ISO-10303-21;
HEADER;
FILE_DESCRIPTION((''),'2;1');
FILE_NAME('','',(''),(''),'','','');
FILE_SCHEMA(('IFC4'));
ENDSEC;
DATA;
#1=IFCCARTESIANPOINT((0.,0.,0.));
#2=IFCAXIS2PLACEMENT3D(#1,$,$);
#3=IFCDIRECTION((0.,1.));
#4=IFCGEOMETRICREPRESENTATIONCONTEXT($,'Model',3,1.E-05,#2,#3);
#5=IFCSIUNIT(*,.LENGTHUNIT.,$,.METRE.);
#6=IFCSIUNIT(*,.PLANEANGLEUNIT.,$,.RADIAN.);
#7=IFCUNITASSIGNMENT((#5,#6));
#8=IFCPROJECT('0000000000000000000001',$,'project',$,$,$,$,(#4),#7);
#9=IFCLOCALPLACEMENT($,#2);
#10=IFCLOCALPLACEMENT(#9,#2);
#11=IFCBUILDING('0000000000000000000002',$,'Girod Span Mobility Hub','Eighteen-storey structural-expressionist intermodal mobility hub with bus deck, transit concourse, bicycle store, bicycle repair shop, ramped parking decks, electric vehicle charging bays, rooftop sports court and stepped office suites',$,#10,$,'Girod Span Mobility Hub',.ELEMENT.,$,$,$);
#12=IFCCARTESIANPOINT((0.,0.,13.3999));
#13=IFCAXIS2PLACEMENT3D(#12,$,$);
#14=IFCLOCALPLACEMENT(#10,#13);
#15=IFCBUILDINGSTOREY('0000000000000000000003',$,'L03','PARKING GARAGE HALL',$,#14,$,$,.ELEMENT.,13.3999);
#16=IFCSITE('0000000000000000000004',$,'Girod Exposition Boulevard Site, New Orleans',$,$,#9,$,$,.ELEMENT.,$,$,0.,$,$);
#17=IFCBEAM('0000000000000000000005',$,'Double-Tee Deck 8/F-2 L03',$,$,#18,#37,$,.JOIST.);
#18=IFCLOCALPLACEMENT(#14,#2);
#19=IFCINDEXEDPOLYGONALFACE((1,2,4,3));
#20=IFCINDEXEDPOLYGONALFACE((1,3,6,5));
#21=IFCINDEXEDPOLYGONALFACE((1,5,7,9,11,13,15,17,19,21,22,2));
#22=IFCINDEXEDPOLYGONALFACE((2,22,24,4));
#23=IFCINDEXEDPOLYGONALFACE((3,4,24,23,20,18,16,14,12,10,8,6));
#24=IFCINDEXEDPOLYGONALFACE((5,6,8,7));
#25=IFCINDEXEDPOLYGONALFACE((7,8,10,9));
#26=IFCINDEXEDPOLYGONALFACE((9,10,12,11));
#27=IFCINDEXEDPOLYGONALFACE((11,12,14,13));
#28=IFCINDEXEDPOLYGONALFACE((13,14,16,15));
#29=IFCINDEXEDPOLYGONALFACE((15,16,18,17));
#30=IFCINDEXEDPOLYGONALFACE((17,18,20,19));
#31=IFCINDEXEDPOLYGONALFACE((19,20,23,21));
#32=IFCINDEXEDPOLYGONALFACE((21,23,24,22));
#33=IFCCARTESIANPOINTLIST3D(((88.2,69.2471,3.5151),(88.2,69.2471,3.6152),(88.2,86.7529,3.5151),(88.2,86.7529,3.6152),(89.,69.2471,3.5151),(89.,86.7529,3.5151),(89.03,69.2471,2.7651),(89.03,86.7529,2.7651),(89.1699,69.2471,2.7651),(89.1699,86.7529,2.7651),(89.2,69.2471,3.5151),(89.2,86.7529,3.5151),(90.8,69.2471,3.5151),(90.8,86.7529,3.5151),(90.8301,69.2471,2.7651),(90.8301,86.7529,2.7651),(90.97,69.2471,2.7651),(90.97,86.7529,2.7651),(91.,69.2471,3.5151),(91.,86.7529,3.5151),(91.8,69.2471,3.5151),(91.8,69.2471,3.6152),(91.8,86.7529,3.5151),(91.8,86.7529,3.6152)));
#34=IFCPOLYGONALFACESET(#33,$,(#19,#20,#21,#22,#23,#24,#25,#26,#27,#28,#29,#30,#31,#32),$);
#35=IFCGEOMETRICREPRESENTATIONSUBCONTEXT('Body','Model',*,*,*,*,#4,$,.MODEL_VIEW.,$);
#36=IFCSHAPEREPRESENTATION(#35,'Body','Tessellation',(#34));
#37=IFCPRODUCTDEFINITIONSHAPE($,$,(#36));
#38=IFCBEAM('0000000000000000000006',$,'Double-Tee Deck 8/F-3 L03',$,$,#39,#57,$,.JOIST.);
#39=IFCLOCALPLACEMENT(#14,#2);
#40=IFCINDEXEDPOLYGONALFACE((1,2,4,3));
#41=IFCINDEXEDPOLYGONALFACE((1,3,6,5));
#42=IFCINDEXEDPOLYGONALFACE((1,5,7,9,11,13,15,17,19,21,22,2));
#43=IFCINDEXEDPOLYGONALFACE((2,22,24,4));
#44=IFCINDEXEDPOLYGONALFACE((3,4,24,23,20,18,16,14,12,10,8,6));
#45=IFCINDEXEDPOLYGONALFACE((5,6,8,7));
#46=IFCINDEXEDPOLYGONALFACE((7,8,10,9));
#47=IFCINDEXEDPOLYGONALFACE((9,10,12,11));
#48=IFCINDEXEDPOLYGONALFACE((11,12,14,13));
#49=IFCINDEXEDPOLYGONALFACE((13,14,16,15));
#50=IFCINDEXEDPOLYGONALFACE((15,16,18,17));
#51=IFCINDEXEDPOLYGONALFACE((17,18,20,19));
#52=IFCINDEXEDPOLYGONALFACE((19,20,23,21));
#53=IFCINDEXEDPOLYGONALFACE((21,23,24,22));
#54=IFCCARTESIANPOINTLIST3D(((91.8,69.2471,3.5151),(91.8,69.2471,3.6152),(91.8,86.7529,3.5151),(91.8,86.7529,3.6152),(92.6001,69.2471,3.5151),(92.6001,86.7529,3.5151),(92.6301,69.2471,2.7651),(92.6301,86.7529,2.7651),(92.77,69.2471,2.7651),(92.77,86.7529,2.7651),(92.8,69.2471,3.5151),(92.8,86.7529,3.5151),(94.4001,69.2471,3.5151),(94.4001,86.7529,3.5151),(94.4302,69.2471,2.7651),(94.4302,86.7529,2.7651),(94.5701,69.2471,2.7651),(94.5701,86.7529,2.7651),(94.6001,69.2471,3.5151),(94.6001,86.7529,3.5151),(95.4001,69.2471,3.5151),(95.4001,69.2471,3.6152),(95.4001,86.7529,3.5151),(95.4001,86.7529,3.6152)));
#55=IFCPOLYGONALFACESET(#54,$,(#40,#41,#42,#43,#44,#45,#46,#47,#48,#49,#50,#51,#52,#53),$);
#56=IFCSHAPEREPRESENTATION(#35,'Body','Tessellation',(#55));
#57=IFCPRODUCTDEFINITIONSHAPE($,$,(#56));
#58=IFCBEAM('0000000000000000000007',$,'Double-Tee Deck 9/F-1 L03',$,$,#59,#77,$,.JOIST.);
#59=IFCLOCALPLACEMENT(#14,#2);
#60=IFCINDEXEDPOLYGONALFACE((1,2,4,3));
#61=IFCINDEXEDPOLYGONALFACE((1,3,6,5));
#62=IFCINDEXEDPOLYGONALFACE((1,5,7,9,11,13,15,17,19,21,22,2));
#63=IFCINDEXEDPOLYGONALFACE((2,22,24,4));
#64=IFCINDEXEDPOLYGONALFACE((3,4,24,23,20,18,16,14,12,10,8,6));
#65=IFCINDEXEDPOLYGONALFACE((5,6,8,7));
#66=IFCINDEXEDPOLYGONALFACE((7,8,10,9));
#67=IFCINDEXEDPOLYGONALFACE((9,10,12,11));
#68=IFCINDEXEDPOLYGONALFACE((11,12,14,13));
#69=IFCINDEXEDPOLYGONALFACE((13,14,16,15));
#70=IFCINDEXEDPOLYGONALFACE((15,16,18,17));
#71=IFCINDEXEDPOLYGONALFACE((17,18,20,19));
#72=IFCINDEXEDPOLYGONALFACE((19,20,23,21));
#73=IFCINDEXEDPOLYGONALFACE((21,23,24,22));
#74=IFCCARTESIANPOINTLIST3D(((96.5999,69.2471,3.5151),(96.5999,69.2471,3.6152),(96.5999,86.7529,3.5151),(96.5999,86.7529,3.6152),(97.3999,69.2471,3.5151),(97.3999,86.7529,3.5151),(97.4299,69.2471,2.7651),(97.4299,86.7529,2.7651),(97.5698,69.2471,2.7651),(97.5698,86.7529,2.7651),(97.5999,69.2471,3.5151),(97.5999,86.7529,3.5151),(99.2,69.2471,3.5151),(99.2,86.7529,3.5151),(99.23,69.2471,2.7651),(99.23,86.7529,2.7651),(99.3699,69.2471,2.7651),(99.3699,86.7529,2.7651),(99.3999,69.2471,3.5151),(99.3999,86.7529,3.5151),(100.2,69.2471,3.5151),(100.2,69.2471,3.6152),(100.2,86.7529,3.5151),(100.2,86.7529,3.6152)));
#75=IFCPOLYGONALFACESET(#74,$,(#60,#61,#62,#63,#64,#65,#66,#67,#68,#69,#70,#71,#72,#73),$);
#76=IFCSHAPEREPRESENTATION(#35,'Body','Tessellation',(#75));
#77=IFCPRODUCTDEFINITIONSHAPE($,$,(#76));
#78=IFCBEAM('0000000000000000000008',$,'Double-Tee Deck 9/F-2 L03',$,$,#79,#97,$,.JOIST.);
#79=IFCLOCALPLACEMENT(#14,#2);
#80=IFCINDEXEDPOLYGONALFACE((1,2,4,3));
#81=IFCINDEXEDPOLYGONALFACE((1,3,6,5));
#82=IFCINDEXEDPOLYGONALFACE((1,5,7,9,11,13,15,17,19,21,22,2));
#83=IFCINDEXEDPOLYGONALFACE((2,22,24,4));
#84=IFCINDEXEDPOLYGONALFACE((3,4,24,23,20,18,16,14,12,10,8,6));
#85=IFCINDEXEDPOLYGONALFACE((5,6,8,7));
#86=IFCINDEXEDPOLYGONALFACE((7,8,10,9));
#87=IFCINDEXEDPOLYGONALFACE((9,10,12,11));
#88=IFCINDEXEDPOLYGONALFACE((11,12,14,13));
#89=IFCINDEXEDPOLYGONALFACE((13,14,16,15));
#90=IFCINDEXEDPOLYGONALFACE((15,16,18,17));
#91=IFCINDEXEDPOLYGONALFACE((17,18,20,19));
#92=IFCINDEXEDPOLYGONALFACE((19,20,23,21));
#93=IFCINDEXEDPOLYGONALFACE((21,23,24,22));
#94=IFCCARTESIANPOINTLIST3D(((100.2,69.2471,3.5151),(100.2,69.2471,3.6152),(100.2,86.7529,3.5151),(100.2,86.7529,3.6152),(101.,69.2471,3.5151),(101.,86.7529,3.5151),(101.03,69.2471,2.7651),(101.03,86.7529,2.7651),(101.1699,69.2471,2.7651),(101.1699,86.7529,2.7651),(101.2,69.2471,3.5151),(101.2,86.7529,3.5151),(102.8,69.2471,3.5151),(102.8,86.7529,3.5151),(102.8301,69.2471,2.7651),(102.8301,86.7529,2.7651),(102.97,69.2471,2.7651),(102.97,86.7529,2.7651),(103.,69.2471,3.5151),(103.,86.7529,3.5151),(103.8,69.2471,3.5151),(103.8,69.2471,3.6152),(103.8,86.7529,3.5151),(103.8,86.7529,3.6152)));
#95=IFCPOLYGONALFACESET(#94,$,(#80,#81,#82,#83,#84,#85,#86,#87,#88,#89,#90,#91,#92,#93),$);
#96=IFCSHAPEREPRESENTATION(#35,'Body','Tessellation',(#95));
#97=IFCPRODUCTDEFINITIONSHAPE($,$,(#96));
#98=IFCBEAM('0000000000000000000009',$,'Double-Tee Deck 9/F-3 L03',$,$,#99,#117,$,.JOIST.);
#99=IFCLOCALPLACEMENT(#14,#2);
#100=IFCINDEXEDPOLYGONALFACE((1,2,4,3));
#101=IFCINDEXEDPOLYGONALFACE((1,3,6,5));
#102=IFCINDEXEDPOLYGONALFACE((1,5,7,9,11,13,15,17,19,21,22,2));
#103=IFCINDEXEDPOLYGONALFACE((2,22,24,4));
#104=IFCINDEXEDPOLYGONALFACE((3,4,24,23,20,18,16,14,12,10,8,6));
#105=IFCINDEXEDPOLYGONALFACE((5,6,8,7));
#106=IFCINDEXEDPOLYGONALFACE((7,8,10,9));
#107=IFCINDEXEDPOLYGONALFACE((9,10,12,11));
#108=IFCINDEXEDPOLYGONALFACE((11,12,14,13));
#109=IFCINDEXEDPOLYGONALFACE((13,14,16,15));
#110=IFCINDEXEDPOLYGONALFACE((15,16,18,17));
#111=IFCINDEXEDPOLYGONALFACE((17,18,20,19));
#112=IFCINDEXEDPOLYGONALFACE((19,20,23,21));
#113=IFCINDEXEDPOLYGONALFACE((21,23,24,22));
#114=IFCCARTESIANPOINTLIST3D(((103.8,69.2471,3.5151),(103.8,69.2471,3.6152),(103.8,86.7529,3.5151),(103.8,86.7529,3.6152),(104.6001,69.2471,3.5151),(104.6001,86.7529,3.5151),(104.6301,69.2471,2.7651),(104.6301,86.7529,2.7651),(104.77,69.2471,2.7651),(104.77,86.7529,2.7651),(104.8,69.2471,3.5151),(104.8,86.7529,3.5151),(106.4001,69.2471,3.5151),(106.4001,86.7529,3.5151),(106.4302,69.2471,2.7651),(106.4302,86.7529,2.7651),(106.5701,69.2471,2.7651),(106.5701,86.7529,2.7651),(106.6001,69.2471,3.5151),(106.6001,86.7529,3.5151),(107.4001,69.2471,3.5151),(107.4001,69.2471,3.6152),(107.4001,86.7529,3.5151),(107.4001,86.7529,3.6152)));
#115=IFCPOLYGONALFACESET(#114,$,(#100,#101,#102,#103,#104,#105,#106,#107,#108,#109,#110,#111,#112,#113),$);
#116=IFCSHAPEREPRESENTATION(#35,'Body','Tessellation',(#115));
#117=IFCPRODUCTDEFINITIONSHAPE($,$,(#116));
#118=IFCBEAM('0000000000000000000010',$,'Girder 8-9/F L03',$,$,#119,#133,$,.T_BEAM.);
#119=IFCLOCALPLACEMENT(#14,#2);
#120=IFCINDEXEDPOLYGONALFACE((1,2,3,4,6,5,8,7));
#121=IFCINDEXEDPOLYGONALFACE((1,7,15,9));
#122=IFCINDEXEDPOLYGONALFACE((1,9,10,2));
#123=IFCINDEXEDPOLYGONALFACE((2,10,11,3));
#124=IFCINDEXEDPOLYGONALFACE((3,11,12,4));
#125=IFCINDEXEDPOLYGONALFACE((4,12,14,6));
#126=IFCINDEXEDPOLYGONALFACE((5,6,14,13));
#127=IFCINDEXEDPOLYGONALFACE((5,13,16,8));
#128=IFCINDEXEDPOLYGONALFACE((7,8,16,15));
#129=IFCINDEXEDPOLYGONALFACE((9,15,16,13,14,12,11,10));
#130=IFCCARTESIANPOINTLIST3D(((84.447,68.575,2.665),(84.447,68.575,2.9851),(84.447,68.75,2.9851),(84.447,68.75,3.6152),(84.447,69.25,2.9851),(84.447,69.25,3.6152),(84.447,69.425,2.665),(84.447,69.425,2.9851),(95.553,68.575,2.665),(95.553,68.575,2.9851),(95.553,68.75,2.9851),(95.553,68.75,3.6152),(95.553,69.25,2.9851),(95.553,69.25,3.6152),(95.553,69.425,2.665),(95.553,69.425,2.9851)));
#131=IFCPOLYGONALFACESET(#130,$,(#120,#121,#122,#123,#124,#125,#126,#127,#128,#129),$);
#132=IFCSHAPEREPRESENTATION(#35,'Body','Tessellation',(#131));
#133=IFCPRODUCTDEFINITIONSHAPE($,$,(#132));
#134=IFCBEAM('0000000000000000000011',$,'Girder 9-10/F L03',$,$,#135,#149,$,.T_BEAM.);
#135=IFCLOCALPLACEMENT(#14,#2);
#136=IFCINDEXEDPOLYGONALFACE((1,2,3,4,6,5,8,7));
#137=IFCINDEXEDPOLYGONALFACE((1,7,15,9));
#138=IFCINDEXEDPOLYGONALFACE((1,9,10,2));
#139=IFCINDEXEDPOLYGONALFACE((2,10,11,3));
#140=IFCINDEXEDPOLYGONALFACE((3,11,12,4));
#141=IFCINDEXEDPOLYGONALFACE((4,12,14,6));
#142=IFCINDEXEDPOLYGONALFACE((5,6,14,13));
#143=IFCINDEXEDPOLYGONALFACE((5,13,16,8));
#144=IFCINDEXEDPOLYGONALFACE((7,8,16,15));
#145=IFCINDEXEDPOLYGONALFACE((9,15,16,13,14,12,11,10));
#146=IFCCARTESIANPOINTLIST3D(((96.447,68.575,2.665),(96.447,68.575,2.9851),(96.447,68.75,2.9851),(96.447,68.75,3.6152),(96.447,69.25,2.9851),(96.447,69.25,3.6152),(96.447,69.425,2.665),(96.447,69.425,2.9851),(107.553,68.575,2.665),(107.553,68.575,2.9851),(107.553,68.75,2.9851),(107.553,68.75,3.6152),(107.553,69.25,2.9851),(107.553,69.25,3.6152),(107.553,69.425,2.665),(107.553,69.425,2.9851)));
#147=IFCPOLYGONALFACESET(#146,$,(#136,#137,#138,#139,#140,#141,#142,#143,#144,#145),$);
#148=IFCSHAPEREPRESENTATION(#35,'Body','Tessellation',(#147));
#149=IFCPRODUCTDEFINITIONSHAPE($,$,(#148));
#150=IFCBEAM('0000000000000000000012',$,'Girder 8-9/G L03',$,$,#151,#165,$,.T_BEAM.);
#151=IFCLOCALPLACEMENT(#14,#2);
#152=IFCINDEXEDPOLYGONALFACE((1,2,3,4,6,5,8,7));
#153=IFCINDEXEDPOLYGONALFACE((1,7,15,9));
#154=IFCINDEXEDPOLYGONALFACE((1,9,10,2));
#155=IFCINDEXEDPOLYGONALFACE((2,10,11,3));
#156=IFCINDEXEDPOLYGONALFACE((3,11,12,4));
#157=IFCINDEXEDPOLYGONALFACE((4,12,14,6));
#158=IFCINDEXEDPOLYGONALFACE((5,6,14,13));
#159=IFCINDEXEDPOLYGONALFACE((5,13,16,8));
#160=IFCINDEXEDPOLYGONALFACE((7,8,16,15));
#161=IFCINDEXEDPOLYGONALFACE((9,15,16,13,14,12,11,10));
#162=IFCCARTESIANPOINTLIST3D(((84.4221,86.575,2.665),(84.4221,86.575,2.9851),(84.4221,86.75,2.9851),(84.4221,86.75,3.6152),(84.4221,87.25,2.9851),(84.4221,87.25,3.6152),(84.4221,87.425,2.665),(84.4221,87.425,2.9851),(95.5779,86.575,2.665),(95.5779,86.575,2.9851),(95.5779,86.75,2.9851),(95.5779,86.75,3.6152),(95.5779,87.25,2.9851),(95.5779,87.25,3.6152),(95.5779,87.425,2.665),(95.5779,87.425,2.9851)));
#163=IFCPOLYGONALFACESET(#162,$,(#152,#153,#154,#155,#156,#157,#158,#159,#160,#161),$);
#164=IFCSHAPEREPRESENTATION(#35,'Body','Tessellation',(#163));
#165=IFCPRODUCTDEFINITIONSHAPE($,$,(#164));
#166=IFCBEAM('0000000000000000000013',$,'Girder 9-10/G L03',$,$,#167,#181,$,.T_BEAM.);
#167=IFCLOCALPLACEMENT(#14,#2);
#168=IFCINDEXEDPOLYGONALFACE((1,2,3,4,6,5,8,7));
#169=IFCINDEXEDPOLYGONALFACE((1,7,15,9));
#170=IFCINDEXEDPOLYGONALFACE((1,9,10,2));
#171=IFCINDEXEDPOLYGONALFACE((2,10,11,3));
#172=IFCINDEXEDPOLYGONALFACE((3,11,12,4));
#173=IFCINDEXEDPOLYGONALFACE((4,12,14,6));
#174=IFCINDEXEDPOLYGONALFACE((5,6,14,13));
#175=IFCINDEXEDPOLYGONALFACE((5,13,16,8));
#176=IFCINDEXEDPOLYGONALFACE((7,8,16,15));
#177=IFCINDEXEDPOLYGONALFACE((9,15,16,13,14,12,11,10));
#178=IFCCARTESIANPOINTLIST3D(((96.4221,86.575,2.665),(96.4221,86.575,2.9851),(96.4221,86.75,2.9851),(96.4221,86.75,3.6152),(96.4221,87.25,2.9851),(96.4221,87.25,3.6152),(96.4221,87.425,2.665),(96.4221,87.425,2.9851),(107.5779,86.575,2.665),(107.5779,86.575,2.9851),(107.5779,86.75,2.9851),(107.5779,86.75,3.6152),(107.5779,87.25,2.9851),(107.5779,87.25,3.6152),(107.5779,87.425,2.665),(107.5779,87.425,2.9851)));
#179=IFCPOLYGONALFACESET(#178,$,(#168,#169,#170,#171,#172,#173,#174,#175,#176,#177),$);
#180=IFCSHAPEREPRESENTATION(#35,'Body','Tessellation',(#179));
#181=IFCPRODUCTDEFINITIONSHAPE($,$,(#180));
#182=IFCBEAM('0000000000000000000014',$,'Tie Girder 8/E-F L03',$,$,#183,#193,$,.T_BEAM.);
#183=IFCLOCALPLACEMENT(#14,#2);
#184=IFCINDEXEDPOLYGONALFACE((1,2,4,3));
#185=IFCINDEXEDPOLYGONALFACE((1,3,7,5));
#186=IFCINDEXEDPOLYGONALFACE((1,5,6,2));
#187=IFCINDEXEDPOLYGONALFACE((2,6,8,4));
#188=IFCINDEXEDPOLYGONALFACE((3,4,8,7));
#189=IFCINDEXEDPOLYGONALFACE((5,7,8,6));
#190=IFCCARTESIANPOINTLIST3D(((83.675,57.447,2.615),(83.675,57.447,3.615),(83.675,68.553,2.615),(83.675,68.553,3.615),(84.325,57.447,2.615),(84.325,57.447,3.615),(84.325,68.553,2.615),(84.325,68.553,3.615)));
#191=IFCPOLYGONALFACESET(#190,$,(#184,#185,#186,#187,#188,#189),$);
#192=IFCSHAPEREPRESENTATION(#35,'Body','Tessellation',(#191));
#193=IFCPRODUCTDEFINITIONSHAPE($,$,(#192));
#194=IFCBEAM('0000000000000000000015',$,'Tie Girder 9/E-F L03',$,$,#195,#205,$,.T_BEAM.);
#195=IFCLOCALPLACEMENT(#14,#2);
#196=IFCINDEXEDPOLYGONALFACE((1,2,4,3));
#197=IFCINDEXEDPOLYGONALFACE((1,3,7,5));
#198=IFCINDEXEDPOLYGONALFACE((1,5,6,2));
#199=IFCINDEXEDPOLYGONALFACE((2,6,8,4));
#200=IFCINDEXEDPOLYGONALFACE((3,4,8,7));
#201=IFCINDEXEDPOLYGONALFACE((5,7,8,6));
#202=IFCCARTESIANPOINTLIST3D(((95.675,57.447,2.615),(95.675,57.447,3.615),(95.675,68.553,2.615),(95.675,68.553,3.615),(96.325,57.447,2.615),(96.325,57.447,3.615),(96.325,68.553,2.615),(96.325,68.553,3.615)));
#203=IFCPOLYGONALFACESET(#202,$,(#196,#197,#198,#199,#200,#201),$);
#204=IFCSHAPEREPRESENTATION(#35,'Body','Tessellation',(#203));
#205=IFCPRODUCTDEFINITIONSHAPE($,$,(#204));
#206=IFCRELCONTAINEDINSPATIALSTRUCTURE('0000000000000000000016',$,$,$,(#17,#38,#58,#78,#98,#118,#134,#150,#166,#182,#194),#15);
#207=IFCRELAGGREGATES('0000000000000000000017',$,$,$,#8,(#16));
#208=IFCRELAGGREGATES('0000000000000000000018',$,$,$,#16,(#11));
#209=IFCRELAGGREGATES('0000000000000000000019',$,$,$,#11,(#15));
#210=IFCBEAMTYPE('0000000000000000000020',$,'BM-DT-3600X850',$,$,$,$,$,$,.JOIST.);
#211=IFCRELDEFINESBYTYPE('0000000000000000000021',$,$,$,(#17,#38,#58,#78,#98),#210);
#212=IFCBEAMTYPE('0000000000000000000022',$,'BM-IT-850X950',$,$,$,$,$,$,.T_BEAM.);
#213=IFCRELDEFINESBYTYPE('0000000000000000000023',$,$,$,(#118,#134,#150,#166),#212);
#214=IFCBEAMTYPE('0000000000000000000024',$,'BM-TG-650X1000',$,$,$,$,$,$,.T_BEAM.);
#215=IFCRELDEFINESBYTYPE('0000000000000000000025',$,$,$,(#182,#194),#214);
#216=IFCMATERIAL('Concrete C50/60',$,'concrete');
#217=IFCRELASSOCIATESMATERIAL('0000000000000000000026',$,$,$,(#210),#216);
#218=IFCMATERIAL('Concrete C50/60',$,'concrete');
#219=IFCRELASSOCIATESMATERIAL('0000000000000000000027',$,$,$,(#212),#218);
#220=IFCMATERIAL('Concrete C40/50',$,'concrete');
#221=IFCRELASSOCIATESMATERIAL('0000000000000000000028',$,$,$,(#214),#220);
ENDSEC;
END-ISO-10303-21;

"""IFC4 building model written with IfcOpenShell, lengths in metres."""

from ifc_helpers import new_model, si_unit, direction, frame, origin, origin_2d, place, context, subcontext, project, spatial, polyline, rectangle, outline, extrude, material, material_profile, profile_set, type_object, element, save


model = new_model("IFC4")

# Units and contexts
model_context = context("Model", 3, precision=1e-05, world=origin(), true_north=direction((0.0, 1.0)))
body_context = subcontext(model_context, "Body", "Model", "MODEL_VIEW")
ifc_project = project(units=[si_unit("LENGTHUNIT", "METRE"), si_unit("PLANEANGLEUNIT", "RADIAN")], contexts=[model_context])

# Site, building, storey
site_placement = place(None, origin())
site = spatial("IfcSite", under=ifc_project, at=site_placement, Name="Girod Exposition Boulevard Site, New Orleans", CompositionType="ELEMENT", RefElevation=0.0)
building_placement = place(site_placement, origin())
building = spatial("IfcBuilding", under=site, at=building_placement, Name="Girod Span Mobility Hub", Description="Eighteen-storey structural-expressionist intermodal mobility hub with bus deck, transit concourse, bicycle store, bicycle repair shop, ramped parking decks, electric vehicle charging bays, rooftop sports court and stepped office suites", LongName="Girod Span Mobility Hub", CompositionType="ELEMENT")
storey_placement = place(building_placement, frame((0.0, 0.0, 13.3999)))
storey = spatial("IfcBuildingStorey", under=building, at=storey_placement, Name="L03", Description="PARKING GARAGE HALL", CompositionType="ELEMENT", Elevation=13.3999)

# Beams
ifc_material_1 = material(Name="Concrete C50/60", Category="concrete")
ifc_material_profile_1 = material_profile(ifc_material_1, outline(polyline([(-1.8, 0.425), (-1.8, 0.325), (-1.0, 0.325), (-0.97, -0.425), (-0.8301, -0.425), (-0.8, 0.325), (0.8, 0.325), (0.8301, -0.425), (0.97, -0.425), (1.0, 0.325), (1.8, 0.325), (1.8, 0.425), (-1.8, 0.425)])), Name="DT-3600X850")
ifc_profile_set_1 = profile_set([ifc_material_profile_1], Name="Concrete C50/60")
beam_type_1 = type_object("IfcBeamType", Name="BM-DT-3600X850", PredefinedType="JOIST", material=ifc_profile_set_1)
for number, where, z_axis, x_axis, name in (
    (1, (90.0, 69.2471, 3.1902), (0.0, 1.0, 0.0), (-1.0, 0.0, 0.0), "Double-Tee Deck 8/F-2 L03"),
    (2, (93.6001, 69.2471, 3.1902), (0.0, 1.0, 0.0), (-1.0, 0.0, 0.0), "Double-Tee Deck 8/F-3 L03"),
    (3, (98.3999, 69.2471, 3.1902), (0.0, 1.0, 0.0), (-1.0, 0.0, 0.0), "Double-Tee Deck 9/F-1 L03"),
    (4, (102.0, 69.2471, 3.1902), (0.0, 1.0, 0.0), (-1.0, 0.0, 0.0), "Double-Tee Deck 9/F-2 L03"),
    (5, (105.6001, 69.2471, 3.1902), (0.0, 1.0, 0.0), (-1.0, 0.0, 0.0), "Double-Tee Deck 9/F-3 L03"),
):
    element("IfcBeam", number, at=place(storey_placement, frame(where, z_axis=z_axis, x_axis=x_axis)), inside=storey, type_object=beam_type_1, Name=name, PredefinedType="JOIST", context=body_context, shape_type="SweptSolid", body=[
        extrude(outline(polyline([(-1.8, 0.425), (-1.8, 0.325), (-1.0, 0.325), (-0.97, -0.425), (-0.8301, -0.425), (-0.8, 0.325), (0.8, 0.325), (0.8301, -0.425), (0.97, -0.425), (1.0, 0.325), (1.8, 0.325), (1.8, 0.425), (-1.8, 0.425)])), origin(), (0.0, 0.0, 1.0), 17.5059),
    ])
ifc_material_2 = material(Name="Concrete C50/60", Category="concrete")
ifc_material_profile_2 = material_profile(ifc_material_2, outline(polyline([(-0.425, -0.4751), (0.425, -0.4751), (0.425, -0.155), (0.25, -0.155), (0.25, 0.4751), (-0.25, 0.4751), (-0.25, -0.155), (-0.425, -0.155), (-0.425, -0.4751)])), Name="IT-850X950")
ifc_profile_set_2 = profile_set([ifc_material_profile_2], Name="Concrete C50/60")
beam_type_2 = type_object("IfcBeamType", Name="BM-IT-850X950", PredefinedType="T_BEAM", material=ifc_profile_set_2)
for number, where, z_axis, x_axis, name in (
    (6, (84.447, 69.0, 3.1401), (1.0, 0.0, 0.0), (0.0, 1.0, 0.0), "Girder 8-9/F L03"),
    (7, (96.447, 69.0, 3.1401), (1.0, 0.0, 0.0), (0.0, 1.0, 0.0), "Girder 9-10/F L03"),
):
    element("IfcBeam", number, at=place(storey_placement, frame(where, z_axis=z_axis, x_axis=x_axis)), inside=storey, type_object=beam_type_2, Name=name, PredefinedType="T_BEAM", context=body_context, shape_type="SweptSolid", body=[
        extrude(outline(polyline([(-0.425, -0.4751), (0.425, -0.4751), (0.425, -0.155), (0.25, -0.155), (0.25, 0.4751), (-0.25, 0.4751), (-0.25, -0.155), (-0.425, -0.155), (-0.425, -0.4751)])), origin(), (0.0, 0.0, 1.0), 11.106),
    ])
for number, where, z_axis, x_axis, name in (
    (8, (84.4221, 87.0, 3.1401), (1.0, 0.0, 0.0), (0.0, 1.0, 0.0), "Girder 8-9/G L03"),
    (9, (96.4221, 87.0, 3.1401), (1.0, 0.0, 0.0), (0.0, 1.0, 0.0), "Girder 9-10/G L03"),
):
    element("IfcBeam", number, at=place(storey_placement, frame(where, z_axis=z_axis, x_axis=x_axis)), inside=storey, type_object=beam_type_2, Name=name, PredefinedType="T_BEAM", context=body_context, shape_type="SweptSolid", body=[
        extrude(outline(polyline([(-0.425, -0.4751), (0.425, -0.4751), (0.425, -0.155), (0.25, -0.155), (0.25, 0.4751), (-0.25, 0.4751), (-0.25, -0.155), (-0.425, -0.155), (-0.425, -0.4751)])), origin(), (0.0, 0.0, 1.0), 11.1558),
    ])
ifc_material_3 = material(Name="Concrete C40/50", Category="concrete")
ifc_material_profile_3 = material_profile(ifc_material_3, rectangle(XDim=0.6499, YDim=1.0, at=origin_2d()), Name="TG-650X1000")
ifc_profile_set_3 = profile_set([ifc_material_profile_3], Name="Concrete C40/50")
beam_type_3 = type_object("IfcBeamType", Name="BM-TG-650X1000", PredefinedType="T_BEAM", material=ifc_profile_set_3)
for number, where, z_axis, x_axis, name in (
    (10, (84.0, 57.447, 3.115), (0.0, 1.0, 0.0), (-1.0, 0.0, 0.0), "Tie Girder 8/E-F L03"),
    (11, (96.0, 57.447, 3.115), (0.0, 1.0, 0.0), (-1.0, 0.0, 0.0), "Tie Girder 9/E-F L03"),
):
    element("IfcBeam", number, at=place(storey_placement, frame(where, z_axis=z_axis, x_axis=x_axis)), inside=storey, type_object=beam_type_3, Name=name, PredefinedType="T_BEAM", context=body_context, shape_type="SweptSolid", body=[
        extrude(rectangle(XDim=0.6499, YDim=1.0, at=origin_2d()), origin(), (0.0, 0.0, 1.0), 11.106),
    ])

save(model, "model.ifc")
